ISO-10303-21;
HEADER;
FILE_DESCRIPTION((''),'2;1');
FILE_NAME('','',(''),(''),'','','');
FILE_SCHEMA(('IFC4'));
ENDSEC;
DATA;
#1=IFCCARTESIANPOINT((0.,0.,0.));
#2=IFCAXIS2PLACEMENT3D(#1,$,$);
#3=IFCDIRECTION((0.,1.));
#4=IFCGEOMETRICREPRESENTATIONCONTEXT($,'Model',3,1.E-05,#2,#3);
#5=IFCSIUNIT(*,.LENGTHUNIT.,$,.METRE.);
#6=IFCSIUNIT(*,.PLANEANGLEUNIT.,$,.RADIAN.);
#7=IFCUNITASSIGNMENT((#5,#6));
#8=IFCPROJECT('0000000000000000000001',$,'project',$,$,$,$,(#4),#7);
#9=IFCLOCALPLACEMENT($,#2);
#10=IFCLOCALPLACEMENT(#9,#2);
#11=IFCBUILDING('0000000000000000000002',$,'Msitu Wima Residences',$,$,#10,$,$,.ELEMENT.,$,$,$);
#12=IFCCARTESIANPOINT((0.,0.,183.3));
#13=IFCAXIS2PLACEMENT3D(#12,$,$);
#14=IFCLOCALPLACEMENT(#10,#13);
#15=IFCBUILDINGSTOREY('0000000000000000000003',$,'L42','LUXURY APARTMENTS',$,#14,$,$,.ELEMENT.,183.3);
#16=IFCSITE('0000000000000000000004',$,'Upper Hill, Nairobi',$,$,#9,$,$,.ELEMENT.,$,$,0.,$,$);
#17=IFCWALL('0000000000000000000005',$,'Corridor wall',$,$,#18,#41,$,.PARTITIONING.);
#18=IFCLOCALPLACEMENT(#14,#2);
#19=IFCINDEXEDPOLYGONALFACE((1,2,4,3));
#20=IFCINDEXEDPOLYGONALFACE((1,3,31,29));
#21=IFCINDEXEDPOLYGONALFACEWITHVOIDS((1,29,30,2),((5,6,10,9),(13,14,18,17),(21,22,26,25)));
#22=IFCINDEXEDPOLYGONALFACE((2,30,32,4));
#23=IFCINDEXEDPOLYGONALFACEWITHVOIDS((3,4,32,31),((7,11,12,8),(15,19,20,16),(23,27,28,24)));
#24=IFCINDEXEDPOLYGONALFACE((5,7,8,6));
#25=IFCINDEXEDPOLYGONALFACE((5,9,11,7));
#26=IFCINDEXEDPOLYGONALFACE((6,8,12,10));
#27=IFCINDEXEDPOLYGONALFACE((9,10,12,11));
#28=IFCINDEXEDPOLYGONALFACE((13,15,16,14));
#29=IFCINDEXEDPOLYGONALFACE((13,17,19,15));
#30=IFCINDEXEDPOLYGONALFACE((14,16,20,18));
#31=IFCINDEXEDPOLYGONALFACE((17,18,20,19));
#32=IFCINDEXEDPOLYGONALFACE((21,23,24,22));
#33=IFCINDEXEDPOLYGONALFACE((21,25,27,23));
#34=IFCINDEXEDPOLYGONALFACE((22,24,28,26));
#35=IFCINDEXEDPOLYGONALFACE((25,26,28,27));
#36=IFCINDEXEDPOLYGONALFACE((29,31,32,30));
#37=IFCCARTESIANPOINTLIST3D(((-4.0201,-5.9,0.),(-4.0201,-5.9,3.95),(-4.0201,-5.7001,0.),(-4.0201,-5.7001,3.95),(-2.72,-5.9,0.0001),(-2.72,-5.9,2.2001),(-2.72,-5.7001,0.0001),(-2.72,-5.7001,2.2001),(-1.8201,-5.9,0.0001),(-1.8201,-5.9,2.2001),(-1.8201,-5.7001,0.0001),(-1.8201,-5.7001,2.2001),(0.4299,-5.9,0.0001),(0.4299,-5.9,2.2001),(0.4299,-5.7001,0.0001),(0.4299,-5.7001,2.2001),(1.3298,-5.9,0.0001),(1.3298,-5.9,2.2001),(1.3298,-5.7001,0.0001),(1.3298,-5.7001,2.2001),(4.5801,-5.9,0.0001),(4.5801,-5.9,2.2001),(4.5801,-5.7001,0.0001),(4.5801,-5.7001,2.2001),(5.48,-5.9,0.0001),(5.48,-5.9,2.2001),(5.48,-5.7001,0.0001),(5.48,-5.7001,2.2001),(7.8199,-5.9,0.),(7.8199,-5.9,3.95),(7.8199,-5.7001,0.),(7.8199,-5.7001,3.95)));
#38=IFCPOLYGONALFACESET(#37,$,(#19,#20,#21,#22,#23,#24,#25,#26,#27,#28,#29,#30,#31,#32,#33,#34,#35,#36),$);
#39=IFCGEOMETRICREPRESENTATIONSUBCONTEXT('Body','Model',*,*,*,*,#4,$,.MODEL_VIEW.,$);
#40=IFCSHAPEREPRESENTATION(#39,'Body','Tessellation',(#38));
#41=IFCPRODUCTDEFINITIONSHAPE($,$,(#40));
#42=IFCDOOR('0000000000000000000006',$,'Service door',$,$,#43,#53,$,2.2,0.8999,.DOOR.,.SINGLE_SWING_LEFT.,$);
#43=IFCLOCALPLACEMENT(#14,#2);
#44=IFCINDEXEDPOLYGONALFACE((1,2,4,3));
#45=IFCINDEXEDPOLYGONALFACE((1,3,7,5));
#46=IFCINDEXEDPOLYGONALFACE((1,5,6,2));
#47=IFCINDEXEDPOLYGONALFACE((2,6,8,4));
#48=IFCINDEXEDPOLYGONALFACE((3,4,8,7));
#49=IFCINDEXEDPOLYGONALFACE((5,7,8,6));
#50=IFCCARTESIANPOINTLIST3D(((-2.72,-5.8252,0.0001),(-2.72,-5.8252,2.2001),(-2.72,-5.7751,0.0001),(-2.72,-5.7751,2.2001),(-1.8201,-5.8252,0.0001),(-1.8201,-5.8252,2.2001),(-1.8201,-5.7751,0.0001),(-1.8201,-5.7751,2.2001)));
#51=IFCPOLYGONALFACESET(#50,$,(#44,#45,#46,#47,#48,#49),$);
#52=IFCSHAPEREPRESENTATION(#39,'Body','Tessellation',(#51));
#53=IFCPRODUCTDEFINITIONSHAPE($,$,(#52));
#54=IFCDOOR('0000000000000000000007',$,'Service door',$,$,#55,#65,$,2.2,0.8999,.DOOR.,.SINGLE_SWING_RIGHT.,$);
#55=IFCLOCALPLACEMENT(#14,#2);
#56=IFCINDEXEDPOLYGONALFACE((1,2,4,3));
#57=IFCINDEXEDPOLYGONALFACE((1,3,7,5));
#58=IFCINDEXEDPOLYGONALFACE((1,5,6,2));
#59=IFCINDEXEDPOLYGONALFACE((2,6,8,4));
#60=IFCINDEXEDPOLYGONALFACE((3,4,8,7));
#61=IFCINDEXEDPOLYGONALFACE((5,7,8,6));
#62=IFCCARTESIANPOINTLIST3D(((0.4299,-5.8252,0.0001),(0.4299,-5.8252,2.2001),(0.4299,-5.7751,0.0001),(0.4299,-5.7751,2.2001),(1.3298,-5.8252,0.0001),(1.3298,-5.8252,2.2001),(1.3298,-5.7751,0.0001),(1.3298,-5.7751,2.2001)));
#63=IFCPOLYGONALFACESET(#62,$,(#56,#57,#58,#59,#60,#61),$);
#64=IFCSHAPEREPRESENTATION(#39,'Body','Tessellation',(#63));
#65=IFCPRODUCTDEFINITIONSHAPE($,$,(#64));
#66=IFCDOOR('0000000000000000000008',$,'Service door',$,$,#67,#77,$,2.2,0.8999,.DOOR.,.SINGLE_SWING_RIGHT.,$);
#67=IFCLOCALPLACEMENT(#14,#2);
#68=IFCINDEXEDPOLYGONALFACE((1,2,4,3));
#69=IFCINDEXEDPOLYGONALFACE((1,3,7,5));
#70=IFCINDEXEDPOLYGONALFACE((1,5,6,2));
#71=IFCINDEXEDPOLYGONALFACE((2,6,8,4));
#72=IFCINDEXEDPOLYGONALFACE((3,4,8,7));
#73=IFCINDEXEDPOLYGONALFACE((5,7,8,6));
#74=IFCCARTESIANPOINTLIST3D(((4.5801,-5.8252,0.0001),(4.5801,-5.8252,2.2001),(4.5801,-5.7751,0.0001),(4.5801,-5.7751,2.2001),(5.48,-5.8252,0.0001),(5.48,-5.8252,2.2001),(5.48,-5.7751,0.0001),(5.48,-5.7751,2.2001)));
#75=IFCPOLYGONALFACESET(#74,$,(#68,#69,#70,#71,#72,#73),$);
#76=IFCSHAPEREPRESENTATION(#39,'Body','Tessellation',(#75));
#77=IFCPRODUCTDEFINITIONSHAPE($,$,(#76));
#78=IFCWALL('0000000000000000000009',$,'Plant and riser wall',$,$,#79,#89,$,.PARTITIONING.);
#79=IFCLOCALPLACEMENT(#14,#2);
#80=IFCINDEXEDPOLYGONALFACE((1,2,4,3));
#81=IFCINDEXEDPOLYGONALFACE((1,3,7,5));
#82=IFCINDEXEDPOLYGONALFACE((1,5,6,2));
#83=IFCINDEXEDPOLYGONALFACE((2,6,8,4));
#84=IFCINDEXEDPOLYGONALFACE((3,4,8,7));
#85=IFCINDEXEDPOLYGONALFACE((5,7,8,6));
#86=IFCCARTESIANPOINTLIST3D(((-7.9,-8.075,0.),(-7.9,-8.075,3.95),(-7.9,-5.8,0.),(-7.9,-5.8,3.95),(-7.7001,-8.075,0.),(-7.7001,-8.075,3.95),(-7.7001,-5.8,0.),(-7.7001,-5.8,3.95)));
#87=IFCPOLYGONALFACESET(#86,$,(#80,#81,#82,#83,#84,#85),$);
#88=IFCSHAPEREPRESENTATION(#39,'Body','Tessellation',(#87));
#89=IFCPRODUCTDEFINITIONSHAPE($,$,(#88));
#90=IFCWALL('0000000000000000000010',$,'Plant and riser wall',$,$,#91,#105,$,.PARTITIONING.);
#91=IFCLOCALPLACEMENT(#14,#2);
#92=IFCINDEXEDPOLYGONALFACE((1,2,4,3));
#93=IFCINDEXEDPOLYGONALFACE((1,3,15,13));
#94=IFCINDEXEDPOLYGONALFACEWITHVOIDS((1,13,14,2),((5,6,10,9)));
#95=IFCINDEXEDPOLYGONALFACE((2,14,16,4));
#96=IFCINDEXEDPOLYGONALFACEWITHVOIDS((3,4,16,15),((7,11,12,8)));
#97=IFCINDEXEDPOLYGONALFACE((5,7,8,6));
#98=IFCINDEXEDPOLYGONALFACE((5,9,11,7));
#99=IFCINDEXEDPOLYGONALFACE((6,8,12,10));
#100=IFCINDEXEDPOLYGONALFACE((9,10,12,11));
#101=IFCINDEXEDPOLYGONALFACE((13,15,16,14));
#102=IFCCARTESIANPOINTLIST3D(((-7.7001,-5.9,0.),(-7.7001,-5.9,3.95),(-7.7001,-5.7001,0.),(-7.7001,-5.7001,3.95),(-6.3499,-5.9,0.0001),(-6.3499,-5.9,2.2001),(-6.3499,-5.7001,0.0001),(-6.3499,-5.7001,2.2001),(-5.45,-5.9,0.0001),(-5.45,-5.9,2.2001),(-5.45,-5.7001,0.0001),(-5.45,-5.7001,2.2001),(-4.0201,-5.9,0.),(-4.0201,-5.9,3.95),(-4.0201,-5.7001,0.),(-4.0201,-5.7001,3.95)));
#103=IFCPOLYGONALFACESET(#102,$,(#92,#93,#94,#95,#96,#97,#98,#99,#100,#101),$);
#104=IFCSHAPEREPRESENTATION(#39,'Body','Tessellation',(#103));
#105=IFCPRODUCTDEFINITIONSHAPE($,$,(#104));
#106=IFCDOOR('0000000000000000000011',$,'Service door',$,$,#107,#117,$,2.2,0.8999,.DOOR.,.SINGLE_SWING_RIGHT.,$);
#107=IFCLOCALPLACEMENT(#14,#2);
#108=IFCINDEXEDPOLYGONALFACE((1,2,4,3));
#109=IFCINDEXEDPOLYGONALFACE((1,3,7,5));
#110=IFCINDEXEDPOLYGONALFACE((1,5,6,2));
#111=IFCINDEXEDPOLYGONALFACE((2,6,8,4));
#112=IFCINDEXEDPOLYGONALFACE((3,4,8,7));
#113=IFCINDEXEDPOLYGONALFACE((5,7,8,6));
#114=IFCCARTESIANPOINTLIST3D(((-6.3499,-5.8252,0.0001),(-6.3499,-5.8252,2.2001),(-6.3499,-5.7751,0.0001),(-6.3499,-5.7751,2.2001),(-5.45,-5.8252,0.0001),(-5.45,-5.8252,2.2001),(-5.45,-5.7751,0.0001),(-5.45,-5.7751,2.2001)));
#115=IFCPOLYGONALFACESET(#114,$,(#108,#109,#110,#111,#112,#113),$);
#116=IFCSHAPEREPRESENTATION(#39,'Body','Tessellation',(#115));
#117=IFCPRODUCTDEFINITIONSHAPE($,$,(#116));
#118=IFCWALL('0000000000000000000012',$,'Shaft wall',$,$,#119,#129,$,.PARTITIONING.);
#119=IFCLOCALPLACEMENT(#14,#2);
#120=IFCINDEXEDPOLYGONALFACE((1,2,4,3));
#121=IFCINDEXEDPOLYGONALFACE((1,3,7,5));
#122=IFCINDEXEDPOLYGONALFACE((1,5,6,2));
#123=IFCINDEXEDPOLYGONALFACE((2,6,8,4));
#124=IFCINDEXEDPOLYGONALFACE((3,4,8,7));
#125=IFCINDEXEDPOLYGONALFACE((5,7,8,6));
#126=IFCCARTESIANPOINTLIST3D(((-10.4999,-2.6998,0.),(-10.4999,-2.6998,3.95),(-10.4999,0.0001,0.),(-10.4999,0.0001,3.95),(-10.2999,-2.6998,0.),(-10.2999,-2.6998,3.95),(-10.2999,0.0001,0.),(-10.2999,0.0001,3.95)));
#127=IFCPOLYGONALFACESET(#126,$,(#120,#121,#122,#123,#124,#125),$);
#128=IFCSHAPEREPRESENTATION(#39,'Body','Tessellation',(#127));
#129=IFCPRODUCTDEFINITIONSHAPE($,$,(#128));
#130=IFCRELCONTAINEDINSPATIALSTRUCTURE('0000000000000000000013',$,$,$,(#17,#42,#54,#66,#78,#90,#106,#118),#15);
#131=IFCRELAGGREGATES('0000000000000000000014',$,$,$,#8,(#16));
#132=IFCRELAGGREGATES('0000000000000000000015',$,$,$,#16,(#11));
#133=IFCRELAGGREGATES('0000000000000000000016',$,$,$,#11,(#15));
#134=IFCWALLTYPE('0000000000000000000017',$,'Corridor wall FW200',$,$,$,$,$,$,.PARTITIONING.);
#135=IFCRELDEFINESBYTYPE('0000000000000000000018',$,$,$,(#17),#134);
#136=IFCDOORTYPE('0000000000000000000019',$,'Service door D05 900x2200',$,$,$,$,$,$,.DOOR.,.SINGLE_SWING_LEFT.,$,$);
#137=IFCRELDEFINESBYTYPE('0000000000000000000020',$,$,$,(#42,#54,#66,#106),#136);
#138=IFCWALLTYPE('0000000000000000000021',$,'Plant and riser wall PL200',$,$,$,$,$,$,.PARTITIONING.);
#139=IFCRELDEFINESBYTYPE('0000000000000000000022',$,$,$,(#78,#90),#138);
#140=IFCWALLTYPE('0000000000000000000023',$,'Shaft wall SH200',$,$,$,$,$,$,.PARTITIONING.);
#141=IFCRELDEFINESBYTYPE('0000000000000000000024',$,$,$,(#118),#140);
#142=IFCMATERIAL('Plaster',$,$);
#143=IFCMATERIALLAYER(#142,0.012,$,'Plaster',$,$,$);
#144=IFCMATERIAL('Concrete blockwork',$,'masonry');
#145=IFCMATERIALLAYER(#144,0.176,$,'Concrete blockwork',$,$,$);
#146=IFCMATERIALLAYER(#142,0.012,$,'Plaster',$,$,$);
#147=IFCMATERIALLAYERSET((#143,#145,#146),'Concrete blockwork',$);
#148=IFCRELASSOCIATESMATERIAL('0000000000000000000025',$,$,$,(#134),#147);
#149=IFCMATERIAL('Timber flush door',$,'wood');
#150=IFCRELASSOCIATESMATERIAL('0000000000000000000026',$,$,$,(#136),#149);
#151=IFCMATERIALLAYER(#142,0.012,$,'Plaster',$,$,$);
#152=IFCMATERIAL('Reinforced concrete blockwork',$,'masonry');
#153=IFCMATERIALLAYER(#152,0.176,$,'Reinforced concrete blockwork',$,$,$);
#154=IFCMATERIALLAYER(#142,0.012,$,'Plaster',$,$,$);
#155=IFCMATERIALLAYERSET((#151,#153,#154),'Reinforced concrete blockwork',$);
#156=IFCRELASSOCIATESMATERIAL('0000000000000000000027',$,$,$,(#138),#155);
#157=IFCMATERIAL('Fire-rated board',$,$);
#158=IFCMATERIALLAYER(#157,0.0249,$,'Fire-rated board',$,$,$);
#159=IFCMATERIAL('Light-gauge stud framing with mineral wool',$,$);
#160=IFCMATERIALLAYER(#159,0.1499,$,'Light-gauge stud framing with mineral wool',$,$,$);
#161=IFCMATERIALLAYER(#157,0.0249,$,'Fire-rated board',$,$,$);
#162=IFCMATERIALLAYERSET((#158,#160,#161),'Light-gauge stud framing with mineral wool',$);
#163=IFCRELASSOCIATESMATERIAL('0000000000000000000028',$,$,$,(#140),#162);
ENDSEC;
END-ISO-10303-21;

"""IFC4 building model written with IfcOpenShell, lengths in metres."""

from ifc_helpers import new_model, si_unit, direction, frame, frame_2d, origin, place, context, subcontext, project, spatial, rectangle, extrude, material, layer, layer_set, type_object, element, fill, save


model = new_model("IFC4")

# Units and contexts
model_context = context("Model", 3, precision=1e-05, world=origin(), true_north=direction((0.0, 1.0)))
body_context = subcontext(model_context, "Body", "Model", "MODEL_VIEW")
ifc_project = project(units=[si_unit("LENGTHUNIT", "METRE"), si_unit("PLANEANGLEUNIT", "RADIAN")], contexts=[model_context])

# Site, building, storey
site_placement = place(None, origin())
site = spatial("IfcSite", under=ifc_project, at=site_placement, Name="Upper Hill, Nairobi", CompositionType="ELEMENT", RefElevation=0.0)
building_placement = place(site_placement, origin())
building = spatial("IfcBuilding", under=site, at=building_placement, Name="Msitu Wima Residences", CompositionType="ELEMENT")
storey_placement = place(building_placement, frame((0.0, 0.0, 183.3)))
storey = spatial("IfcBuildingStorey", under=building, at=storey_placement, Name="L42", Description="LUXURY APARTMENTS", CompositionType="ELEMENT", Elevation=183.3)

# Shared definitions
ifc_material_1 = material(Name="Plaster")
ifc_layer_1 = layer(ifc_material_1, 0.012, Name="Plaster")
ifc_material_2 = material(Name="Concrete blockwork", Category="masonry")
ifc_layer_2 = layer(ifc_material_2, 0.176, Name="Concrete blockwork")
ifc_layer_3 = layer(ifc_material_1, 0.012, Name="Plaster")
ifc_layer_set_1 = layer_set([ifc_layer_1, ifc_layer_2, ifc_layer_3], Name="Concrete blockwork")
wall_type_1 = type_object("IfcWallType", Name="Corridor wall FW200", PredefinedType="PARTITIONING", material=ifc_layer_set_1)

# Wall, openings, doors
wall_1_placement = place(storey_placement, frame((-4.02, -5.8, 0.0), z_axis=(0.0, 0.0, 1.0), x_axis=(1.0, 0.0, 0.0)))
wall_1 = element("IfcWall", 1, at=wall_1_placement, inside=storey, type_object=wall_type_1, Name="Corridor wall", PredefinedType="PARTITIONING", context=body_context, shape_type="SweptSolid", body=[
    extrude(rectangle(XDim=11.8401, YDim=0.2, at=frame_2d((5.9199, 0.0))), origin(), (0.0, 0.0, 1.0), 3.95),
])
opening_1_placement = place(wall_1_placement, frame((1.3, 0.0, 0.0)))
opening_1 = element("IfcOpeningElement", 2, at=opening_1_placement, cuts=wall_1, PredefinedType="OPENING", context=body_context, shape_type="SweptSolid", body=[
    extrude(rectangle(XDim=0.8999, YDim=2.2, at=frame_2d((0.45, 1.1001))), frame((0.0, 0.1099, 0.0), z_axis=(0.0, -1.0, 0.0), x_axis=(1.0, 0.0, 0.0)), (0.0, 0.0, 1.0), 0.22),
])
opening_2_placement = place(wall_1_placement, frame((4.45, 0.0, 0.0)))
opening_2 = element("IfcOpeningElement", 3, at=opening_2_placement, cuts=wall_1, PredefinedType="OPENING", context=body_context, shape_type="SweptSolid", body=[
    extrude(rectangle(XDim=0.8999, YDim=2.2, at=frame_2d((0.45, 1.1001))), frame((0.0, 0.1099, 0.0), z_axis=(0.0, -1.0, 0.0), x_axis=(1.0, 0.0, 0.0)), (0.0, 0.0, 1.0), 0.22),
])
opening_3_placement = place(wall_1_placement, frame((8.6001, 0.0, 0.0)))
opening_3 = element("IfcOpeningElement", 4, at=opening_3_placement, cuts=wall_1, PredefinedType="OPENING", context=body_context, shape_type="SweptSolid", body=[
    extrude(rectangle(XDim=0.8999, YDim=2.2, at=frame_2d((0.45, 1.1001))), frame((0.0, 0.1099, 0.0), z_axis=(0.0, -1.0, 0.0), x_axis=(1.0, 0.0, 0.0)), (0.0, 0.0, 1.0), 0.22),
])
ifc_material_3 = material(Name="Timber flush door", Category="wood")
door_type_1 = type_object("IfcDoorType", Name="Service door D05 900x2200", OperationType="SINGLE_SWING_LEFT", PredefinedType="DOOR", material=ifc_material_3)
door_1_placement = place(opening_1_placement, origin())
door_1 = element("IfcDoor", 5, at=door_1_placement, inside=storey, type_object=door_type_1, Name="Service door", OperationType="SINGLE_SWING_LEFT", OverallHeight=2.2, OverallWidth=0.8999, PredefinedType="DOOR", context=body_context, shape_type="SweptSolid", body=[
    extrude(rectangle(XDim=0.8999, YDim=2.2, at=frame_2d((0.45, 1.1001))), frame((0.0, 0.0249, 0.0), z_axis=(0.0, -1.0, 0.0), x_axis=(1.0, 0.0, 0.0)), (0.0, 0.0, 1.0), 0.05),
])
fill(opening_1, door_1)
door_2_placement = place(opening_2_placement, origin())
door_2 = element("IfcDoor", 6, at=door_2_placement, inside=storey, type_object=door_type_1, Name="Service door", OperationType="SINGLE_SWING_RIGHT", OverallHeight=2.2, OverallWidth=0.8999, PredefinedType="DOOR", context=body_context, shape_type="SweptSolid", body=[
    extrude(rectangle(XDim=0.8999, YDim=2.2, at=frame_2d((0.45, 1.1001))), frame((0.0, 0.0249, 0.0), z_axis=(0.0, -1.0, 0.0), x_axis=(1.0, 0.0, 0.0)), (0.0, 0.0, 1.0), 0.05),
])
fill(opening_2, door_2)
door_3_placement = place(opening_3_placement, origin())
door_3 = element("IfcDoor", 7, at=door_3_placement, inside=storey, type_object=door_type_1, Name="Service door", OperationType="SINGLE_SWING_RIGHT", OverallHeight=2.2, OverallWidth=0.8999, PredefinedType="DOOR", context=body_context, shape_type="SweptSolid", body=[
    extrude(rectangle(XDim=0.8999, YDim=2.2, at=frame_2d((0.45, 1.1001))), frame((0.0, 0.0249, 0.0), z_axis=(0.0, -1.0, 0.0), x_axis=(1.0, 0.0, 0.0)), (0.0, 0.0, 1.0), 0.05),
])
fill(opening_3, door_3)

# Wall
ifc_layer_4 = layer(ifc_material_1, 0.012, Name="Plaster")
ifc_material_4 = material(Name="Reinforced concrete blockwork", Category="masonry")
ifc_layer_5 = layer(ifc_material_4, 0.176, Name="Reinforced concrete blockwork")
ifc_layer_6 = layer(ifc_material_1, 0.012, Name="Plaster")
ifc_layer_set_2 = layer_set([ifc_layer_4, ifc_layer_5, ifc_layer_6], Name="Reinforced concrete blockwork")
wall_type_2 = type_object("IfcWallType", Name="Plant and riser wall PL200", PredefinedType="PARTITIONING", material=ifc_layer_set_2)
wall_2_placement = place(storey_placement, frame((-7.8, -8.075, 0.0), z_axis=(0.0, 0.0, 1.0), x_axis=(0.0, 1.0, 0.0)))
element("IfcWall", 8, at=wall_2_placement, inside=storey, type_object=wall_type_2, Name="Plant and riser wall", PredefinedType="PARTITIONING", context=body_context, shape_type="SweptSolid", body=[
    extrude(rectangle(XDim=2.2749, YDim=0.2, at=frame_2d((1.1375, 0.0))), origin(), (0.0, 0.0, 1.0), 3.95),
])

# Wall, opening, door
wall_3_placement = place(storey_placement, frame((-7.7, -5.8, 0.0), z_axis=(0.0, 0.0, 1.0), x_axis=(1.0, 0.0, 0.0)))
wall_3 = element("IfcWall", 9, at=wall_3_placement, inside=storey, type_object=wall_type_2, Name="Plant and riser wall", PredefinedType="PARTITIONING", context=body_context, shape_type="SweptSolid", body=[
    extrude(rectangle(XDim=3.6799, YDim=0.2, at=frame_2d((1.8398, 0.0))), origin(), (0.0, 0.0, 1.0), 3.95),
])
opening_4_placement = place(wall_3_placement, frame((1.3501, 0.0, 0.0)))
opening_4 = element("IfcOpeningElement", 10, at=opening_4_placement, cuts=wall_3, PredefinedType="OPENING", context=body_context, shape_type="SweptSolid", body=[
    extrude(rectangle(XDim=0.8999, YDim=2.2, at=frame_2d((0.45, 1.1001))), frame((0.0, 0.1099, 0.0), z_axis=(0.0, -1.0, 0.0), x_axis=(1.0, 0.0, 0.0)), (0.0, 0.0, 1.0), 0.22),
])
door_4_placement = place(opening_4_placement, origin())
door_4 = element("IfcDoor", 11, at=door_4_placement, inside=storey, type_object=door_type_1, Name="Service door", OperationType="SINGLE_SWING_RIGHT", OverallHeight=2.2, OverallWidth=0.8999, PredefinedType="DOOR", context=body_context, shape_type="SweptSolid", body=[
    extrude(rectangle(XDim=0.8999, YDim=2.2, at=frame_2d((0.45, 1.1001))), frame((0.0, 0.0249, 0.0), z_axis=(0.0, -1.0, 0.0), x_axis=(1.0, 0.0, 0.0)), (0.0, 0.0, 1.0), 0.05),
])
fill(opening_4, door_4)

# Wall
ifc_material_5 = material(Name="Fire-rated board")
ifc_layer_7 = layer(ifc_material_5, 0.0249, Name="Fire-rated board")
ifc_material_6 = material(Name="Light-gauge stud framing with mineral wool")
ifc_layer_8 = layer(ifc_material_6, 0.1499, Name="Light-gauge stud framing with mineral wool")
ifc_layer_9 = layer(ifc_material_5, 0.0249, Name="Fire-rated board")
ifc_layer_set_3 = layer_set([ifc_layer_7, ifc_layer_8, ifc_layer_9], Name="Light-gauge stud framing with mineral wool")
wall_type_3 = type_object("IfcWallType", Name="Shaft wall SH200", PredefinedType="PARTITIONING", material=ifc_layer_set_3)
wall_4_placement = place(storey_placement, frame((-10.3999, -2.7, 0.0), z_axis=(0.0, 0.0, 1.0), x_axis=(0.0, 1.0, 0.0)))
element("IfcWall", 12, at=wall_4_placement, inside=storey, type_object=wall_type_3, Name="Shaft wall", PredefinedType="PARTITIONING", context=body_context, shape_type="SweptSolid", body=[
    extrude(rectangle(XDim=2.7, YDim=0.2, at=frame_2d((1.3501, 0.0))), origin(), (0.0, 0.0, 1.0), 3.95),
])

save(model, "model.ifc")
